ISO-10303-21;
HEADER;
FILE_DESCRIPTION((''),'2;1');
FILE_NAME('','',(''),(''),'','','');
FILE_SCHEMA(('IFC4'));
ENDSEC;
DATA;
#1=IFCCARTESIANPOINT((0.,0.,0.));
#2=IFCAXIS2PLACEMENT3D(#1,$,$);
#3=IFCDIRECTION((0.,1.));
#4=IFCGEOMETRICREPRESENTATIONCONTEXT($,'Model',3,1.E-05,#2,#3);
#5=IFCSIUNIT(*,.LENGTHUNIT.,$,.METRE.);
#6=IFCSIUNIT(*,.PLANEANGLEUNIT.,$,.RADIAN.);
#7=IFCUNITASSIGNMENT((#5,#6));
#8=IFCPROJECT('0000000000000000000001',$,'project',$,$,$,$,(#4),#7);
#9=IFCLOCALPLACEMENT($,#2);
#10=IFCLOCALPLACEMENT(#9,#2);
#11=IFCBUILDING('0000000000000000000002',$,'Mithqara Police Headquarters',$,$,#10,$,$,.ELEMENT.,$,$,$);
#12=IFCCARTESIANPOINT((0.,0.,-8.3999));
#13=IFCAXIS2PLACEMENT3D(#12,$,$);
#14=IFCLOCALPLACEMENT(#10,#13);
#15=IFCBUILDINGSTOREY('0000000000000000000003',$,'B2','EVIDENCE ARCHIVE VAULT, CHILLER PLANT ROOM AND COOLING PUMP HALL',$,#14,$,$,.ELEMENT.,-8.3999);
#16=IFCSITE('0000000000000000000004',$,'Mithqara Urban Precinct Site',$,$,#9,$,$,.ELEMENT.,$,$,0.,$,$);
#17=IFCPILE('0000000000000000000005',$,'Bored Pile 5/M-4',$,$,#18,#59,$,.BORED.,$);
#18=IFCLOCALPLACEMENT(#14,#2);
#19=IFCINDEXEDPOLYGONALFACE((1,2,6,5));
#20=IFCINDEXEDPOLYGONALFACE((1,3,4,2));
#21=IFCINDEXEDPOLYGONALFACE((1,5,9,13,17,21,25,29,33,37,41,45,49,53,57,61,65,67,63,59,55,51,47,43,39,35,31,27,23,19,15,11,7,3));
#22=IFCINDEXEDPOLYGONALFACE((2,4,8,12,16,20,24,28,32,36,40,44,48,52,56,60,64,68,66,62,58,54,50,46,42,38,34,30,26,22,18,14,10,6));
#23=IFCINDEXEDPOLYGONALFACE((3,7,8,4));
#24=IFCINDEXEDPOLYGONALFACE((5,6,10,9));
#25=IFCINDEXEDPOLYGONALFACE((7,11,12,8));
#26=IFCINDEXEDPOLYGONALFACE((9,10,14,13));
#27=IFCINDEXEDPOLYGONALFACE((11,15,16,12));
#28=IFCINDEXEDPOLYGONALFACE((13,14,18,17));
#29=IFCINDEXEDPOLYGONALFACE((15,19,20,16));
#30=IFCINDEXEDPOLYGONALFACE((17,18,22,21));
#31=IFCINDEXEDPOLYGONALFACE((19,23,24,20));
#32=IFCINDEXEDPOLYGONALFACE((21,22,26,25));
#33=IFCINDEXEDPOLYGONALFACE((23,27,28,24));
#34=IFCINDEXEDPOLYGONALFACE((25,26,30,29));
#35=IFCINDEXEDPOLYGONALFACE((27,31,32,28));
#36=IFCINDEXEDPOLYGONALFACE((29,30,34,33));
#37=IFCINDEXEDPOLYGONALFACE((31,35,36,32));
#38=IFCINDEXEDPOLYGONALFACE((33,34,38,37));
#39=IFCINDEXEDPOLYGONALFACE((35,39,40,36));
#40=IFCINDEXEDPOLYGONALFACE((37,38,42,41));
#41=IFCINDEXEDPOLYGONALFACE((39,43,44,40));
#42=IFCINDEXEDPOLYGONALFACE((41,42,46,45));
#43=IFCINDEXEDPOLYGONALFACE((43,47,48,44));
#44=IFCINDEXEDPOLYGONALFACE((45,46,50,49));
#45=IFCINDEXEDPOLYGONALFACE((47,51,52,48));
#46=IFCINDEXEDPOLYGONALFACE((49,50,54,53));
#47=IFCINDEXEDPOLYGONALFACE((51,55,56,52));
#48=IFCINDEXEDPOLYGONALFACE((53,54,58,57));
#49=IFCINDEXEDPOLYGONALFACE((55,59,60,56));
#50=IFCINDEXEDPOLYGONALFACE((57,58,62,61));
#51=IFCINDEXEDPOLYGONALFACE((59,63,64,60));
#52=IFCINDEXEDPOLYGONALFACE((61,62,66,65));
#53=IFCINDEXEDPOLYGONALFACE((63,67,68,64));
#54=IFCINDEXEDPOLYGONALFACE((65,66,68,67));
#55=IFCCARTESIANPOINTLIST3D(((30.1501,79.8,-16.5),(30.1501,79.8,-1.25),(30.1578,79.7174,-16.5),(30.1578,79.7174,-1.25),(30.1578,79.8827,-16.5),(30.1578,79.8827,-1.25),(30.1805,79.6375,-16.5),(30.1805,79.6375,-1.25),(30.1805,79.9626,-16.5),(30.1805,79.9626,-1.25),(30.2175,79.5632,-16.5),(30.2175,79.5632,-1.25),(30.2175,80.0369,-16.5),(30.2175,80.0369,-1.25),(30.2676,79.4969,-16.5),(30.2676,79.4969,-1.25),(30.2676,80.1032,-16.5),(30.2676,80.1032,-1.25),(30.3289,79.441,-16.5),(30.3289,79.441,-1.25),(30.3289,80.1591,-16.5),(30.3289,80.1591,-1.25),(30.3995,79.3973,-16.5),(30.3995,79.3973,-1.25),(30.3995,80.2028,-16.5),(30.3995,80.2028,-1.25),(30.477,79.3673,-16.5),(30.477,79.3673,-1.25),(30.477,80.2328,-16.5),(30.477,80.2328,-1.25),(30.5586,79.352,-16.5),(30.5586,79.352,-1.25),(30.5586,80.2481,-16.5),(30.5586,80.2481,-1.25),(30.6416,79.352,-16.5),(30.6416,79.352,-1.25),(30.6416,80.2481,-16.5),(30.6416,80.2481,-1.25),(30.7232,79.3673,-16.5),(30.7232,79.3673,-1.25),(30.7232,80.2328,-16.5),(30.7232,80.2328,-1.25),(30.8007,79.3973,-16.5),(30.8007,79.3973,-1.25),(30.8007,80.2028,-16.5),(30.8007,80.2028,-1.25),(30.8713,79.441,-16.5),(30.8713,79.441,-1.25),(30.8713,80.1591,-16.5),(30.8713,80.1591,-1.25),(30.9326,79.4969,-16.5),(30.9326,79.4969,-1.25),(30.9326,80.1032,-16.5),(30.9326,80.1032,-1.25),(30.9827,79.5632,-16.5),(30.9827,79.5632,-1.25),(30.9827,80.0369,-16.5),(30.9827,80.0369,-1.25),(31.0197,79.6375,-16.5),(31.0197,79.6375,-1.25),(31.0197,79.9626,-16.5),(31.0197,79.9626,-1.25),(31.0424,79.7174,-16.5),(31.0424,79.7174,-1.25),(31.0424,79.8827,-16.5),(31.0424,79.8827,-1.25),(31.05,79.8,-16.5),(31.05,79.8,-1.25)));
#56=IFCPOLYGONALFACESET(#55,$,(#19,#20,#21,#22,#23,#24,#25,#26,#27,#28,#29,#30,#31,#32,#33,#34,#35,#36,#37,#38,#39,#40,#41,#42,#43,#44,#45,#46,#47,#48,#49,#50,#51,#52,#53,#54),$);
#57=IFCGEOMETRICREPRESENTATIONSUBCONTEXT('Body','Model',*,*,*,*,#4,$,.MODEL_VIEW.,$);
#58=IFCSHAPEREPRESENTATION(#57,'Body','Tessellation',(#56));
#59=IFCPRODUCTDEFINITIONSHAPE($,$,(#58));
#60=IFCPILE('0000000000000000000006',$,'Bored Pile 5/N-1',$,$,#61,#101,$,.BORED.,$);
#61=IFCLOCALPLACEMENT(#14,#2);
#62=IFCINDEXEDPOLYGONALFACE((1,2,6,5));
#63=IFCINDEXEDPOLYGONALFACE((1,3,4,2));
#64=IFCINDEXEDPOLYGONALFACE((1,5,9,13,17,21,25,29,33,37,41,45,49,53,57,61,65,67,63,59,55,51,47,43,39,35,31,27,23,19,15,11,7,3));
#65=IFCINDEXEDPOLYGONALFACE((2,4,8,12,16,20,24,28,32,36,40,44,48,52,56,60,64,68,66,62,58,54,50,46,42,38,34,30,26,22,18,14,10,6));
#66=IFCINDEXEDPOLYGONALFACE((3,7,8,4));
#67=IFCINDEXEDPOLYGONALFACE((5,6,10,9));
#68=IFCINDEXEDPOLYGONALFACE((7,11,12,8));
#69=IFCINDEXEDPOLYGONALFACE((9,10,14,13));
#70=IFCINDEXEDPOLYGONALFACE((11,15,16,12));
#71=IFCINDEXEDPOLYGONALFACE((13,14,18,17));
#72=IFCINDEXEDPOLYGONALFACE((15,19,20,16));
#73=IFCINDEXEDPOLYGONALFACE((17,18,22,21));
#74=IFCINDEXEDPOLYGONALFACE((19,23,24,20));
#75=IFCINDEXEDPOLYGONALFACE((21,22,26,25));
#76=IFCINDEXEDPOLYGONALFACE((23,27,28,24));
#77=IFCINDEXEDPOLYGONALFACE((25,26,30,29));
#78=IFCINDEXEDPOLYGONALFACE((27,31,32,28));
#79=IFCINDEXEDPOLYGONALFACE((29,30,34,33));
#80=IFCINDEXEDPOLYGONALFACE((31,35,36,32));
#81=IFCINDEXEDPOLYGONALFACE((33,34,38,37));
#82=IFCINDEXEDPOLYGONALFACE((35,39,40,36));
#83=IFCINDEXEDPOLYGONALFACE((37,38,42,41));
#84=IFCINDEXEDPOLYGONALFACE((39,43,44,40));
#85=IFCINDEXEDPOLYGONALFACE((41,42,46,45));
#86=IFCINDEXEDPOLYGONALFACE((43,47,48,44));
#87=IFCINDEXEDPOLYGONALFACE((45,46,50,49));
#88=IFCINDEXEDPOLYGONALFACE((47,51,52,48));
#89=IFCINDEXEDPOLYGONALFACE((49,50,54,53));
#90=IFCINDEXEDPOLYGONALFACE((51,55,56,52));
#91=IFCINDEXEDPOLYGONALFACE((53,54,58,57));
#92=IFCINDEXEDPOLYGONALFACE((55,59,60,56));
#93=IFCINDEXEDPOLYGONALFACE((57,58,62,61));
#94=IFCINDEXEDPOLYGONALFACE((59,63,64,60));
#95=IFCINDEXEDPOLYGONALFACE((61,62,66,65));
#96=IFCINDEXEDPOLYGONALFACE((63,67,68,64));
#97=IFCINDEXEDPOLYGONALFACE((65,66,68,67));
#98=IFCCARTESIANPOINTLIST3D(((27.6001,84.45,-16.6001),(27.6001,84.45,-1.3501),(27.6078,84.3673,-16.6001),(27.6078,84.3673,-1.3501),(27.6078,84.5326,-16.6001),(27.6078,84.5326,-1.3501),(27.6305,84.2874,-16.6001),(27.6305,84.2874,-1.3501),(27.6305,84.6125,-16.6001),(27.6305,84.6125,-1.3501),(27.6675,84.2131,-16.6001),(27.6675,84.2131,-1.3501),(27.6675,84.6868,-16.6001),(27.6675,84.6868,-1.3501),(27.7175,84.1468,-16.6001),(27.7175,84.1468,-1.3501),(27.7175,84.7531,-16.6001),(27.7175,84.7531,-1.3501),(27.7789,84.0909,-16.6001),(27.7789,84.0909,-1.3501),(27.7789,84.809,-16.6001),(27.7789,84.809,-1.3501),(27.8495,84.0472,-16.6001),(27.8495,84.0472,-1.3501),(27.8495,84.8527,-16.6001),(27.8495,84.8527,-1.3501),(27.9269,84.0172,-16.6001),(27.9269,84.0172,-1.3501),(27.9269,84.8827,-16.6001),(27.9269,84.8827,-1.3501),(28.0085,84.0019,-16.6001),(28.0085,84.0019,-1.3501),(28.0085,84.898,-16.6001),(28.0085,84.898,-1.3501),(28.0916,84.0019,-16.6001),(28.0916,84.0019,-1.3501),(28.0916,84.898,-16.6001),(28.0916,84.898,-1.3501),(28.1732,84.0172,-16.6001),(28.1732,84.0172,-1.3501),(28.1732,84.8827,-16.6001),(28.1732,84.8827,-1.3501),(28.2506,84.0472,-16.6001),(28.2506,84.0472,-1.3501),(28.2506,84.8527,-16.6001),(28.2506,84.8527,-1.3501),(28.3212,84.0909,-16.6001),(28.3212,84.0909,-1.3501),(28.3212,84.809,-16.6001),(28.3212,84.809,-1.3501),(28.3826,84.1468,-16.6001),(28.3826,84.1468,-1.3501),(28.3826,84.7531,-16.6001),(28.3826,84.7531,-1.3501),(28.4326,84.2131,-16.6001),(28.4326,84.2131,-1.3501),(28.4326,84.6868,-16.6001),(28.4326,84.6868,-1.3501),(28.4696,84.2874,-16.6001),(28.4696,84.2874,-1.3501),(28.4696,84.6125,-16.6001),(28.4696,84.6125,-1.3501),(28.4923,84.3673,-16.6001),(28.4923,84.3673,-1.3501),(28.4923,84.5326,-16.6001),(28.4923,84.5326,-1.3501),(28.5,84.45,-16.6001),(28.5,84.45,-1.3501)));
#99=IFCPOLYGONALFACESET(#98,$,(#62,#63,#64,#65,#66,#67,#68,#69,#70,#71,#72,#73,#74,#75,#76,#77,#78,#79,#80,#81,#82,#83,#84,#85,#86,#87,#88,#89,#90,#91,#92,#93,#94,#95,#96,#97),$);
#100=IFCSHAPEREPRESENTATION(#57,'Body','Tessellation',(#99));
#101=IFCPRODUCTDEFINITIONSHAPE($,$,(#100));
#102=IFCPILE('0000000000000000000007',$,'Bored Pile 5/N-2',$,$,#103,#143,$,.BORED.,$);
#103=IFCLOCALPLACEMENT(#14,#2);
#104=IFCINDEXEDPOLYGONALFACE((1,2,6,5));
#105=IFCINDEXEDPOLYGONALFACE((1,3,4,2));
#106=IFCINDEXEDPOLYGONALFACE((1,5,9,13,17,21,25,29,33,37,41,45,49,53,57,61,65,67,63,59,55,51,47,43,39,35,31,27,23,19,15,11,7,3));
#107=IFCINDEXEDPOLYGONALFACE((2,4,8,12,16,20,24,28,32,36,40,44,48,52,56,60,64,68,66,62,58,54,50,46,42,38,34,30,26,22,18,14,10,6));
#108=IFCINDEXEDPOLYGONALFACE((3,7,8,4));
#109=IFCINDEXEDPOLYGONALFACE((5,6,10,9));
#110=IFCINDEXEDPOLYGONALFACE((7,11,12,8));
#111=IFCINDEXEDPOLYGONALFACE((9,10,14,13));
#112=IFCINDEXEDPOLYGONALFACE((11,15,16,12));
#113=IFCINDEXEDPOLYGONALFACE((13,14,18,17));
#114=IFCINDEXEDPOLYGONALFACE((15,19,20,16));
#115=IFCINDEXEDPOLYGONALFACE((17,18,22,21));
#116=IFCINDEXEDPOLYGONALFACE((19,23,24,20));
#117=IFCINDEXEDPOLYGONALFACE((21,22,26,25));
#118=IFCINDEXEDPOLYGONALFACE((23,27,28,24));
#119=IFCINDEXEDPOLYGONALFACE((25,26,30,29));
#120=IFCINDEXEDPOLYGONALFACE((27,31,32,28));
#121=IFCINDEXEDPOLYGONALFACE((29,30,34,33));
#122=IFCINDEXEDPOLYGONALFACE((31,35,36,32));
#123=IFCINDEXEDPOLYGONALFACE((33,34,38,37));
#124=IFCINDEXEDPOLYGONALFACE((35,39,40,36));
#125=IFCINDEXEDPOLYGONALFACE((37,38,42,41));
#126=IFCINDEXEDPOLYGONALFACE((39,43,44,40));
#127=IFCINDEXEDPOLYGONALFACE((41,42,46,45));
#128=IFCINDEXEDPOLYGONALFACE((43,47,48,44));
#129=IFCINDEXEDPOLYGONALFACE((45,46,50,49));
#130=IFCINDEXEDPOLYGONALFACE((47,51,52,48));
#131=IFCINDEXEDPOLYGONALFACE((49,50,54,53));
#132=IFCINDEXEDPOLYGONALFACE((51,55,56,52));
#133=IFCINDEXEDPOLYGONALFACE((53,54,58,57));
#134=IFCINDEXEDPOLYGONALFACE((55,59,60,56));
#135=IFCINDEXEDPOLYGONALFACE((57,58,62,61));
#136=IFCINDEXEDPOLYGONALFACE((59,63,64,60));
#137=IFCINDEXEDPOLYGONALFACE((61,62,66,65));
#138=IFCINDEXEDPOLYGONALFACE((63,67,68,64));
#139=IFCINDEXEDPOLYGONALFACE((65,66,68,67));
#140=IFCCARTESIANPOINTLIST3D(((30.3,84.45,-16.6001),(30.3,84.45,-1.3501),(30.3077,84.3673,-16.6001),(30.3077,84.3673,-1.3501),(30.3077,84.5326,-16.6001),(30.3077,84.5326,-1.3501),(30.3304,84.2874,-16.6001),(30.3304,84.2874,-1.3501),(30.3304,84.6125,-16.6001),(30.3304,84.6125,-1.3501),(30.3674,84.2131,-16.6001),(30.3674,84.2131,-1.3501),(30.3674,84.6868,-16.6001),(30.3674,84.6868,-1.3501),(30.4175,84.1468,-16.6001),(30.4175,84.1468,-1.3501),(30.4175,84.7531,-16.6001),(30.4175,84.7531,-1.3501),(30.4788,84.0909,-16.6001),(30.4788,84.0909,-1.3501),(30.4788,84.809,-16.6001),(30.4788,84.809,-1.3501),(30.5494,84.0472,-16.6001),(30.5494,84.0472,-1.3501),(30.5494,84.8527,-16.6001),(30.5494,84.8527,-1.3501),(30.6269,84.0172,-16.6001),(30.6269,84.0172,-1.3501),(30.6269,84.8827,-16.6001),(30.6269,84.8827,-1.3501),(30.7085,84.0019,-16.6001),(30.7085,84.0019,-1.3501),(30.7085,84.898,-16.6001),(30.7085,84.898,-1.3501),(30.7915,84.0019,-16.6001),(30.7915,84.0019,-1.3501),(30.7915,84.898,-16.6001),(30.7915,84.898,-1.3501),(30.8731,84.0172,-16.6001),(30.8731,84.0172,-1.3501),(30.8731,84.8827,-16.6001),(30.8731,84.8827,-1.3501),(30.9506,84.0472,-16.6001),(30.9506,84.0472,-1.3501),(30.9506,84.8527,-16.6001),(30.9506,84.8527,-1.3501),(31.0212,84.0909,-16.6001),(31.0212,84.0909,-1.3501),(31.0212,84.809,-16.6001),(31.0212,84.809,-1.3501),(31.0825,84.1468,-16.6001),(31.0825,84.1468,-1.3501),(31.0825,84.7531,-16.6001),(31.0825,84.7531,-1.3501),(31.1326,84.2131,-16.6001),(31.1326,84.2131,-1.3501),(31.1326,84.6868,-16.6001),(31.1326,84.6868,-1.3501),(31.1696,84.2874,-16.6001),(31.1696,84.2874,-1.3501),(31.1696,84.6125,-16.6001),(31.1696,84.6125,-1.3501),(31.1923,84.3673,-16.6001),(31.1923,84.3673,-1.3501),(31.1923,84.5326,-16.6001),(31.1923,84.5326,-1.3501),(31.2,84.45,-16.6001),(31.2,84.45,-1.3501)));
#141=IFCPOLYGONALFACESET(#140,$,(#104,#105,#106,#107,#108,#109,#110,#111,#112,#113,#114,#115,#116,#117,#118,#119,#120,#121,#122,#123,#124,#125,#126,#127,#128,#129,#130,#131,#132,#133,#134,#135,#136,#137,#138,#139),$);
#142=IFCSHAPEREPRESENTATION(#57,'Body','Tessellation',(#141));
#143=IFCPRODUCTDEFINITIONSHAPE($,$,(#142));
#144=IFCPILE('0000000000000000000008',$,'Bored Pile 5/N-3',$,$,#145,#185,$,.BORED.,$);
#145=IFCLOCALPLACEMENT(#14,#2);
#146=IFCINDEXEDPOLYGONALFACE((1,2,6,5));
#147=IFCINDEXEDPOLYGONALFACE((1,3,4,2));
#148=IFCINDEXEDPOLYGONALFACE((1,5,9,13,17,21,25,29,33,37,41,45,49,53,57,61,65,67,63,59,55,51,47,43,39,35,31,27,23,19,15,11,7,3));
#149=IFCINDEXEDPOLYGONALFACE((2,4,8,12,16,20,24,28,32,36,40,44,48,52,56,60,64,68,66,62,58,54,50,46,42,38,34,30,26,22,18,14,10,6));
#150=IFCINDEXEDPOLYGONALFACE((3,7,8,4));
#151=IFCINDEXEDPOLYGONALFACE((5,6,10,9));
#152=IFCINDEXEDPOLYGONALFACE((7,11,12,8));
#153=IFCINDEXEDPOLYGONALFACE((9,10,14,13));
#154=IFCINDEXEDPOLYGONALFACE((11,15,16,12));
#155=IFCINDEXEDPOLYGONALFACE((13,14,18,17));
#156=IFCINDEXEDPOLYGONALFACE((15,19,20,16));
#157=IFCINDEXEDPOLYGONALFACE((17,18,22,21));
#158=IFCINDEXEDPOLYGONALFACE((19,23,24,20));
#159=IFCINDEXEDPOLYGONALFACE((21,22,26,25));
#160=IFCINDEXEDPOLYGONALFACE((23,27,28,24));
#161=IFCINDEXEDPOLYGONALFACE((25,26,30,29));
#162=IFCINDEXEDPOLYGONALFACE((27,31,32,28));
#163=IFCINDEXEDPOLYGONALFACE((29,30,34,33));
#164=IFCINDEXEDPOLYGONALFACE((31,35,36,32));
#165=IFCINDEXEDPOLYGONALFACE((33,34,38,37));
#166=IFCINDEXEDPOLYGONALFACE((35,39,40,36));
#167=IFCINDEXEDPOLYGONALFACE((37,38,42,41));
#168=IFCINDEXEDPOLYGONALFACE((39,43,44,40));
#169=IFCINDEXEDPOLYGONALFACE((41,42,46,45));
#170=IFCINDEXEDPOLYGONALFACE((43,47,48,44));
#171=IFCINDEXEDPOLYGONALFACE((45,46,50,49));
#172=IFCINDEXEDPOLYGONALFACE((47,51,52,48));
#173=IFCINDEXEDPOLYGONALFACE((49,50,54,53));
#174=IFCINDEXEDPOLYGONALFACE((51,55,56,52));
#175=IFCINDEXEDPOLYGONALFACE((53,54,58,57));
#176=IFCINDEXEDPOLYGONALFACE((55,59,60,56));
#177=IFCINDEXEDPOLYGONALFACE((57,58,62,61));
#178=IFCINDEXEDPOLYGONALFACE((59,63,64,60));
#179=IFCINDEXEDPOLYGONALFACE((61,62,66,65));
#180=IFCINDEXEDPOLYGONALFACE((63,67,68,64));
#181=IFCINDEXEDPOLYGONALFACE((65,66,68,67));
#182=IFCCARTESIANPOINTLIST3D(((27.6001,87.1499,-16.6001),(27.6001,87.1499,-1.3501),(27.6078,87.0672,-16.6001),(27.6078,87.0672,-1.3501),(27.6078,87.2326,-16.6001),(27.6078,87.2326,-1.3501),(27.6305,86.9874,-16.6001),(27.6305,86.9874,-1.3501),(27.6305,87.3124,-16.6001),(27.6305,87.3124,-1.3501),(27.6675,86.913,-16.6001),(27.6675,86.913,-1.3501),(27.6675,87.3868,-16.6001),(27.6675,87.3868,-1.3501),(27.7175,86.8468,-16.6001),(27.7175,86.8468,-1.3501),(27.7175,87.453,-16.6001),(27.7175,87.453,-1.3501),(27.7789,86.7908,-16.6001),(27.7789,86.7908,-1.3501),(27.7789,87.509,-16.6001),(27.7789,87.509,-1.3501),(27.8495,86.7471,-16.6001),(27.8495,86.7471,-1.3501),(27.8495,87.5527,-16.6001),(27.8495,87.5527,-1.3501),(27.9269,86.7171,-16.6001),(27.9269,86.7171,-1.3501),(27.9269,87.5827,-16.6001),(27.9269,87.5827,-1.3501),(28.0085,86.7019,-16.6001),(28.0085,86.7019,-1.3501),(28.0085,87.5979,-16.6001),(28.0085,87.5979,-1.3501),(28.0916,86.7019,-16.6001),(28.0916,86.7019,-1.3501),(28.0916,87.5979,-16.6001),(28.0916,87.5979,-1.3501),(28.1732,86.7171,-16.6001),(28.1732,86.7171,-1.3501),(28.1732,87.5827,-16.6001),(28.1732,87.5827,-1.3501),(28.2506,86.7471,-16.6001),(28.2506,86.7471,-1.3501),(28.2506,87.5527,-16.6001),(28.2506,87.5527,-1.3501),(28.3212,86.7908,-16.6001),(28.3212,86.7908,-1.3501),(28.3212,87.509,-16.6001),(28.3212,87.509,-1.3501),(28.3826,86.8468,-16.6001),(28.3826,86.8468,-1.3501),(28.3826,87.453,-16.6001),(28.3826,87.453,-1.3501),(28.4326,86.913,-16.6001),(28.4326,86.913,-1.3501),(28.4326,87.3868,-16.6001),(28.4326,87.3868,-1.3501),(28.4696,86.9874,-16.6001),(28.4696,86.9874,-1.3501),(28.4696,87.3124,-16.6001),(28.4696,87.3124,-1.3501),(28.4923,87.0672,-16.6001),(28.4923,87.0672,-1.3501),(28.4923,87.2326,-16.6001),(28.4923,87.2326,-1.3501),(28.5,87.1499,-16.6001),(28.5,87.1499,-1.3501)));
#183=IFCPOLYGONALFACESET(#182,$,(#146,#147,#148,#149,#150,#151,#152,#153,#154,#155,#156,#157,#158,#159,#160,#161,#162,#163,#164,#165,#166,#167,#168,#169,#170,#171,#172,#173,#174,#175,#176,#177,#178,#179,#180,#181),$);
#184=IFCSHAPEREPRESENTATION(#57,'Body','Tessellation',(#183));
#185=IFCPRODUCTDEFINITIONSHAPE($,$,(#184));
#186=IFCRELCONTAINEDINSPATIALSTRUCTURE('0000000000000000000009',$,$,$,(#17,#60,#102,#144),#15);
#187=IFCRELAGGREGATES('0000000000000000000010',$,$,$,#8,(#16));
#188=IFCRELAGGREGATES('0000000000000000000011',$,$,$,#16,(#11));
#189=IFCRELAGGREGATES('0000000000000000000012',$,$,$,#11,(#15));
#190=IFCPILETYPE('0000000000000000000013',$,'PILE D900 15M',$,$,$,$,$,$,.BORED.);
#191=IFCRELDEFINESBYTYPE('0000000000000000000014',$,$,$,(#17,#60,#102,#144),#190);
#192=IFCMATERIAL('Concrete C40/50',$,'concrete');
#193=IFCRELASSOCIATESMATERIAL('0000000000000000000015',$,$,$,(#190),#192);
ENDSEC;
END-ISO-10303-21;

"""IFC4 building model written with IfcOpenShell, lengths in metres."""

from ifc_helpers import new_model, si_unit, direction, frame, origin, origin_2d, place, context, subcontext, project, spatial, circle, extrude, material, material_profile, profile_set, type_object, element, save


model = new_model("IFC4")

# Units and contexts
model_context = context("Model", 3, precision=1e-05, world=origin(), true_north=direction((0.0, 1.0)))
body_context = subcontext(model_context, "Body", "Model", "MODEL_VIEW")
ifc_project = project(units=[si_unit("LENGTHUNIT", "METRE"), si_unit("PLANEANGLEUNIT", "RADIAN")], contexts=[model_context])

# Site, building, storey
site_placement = place(None, origin())
site = spatial("IfcSite", under=ifc_project, at=site_placement, Name="Mithqara Urban Precinct Site", CompositionType="ELEMENT", RefElevation=0.0)
building_placement = place(site_placement, origin())
building = spatial("IfcBuilding", under=site, at=building_placement, Name="Mithqara Police Headquarters", CompositionType="ELEMENT")
storey_placement = place(building_placement, frame((0.0, 0.0, -8.3999)))
storey = spatial("IfcBuildingStorey", under=building, at=storey_placement, Name="B2", Description="EVIDENCE ARCHIVE VAULT, CHILLER PLANT ROOM AND COOLING PUMP HALL", CompositionType="ELEMENT", Elevation=-8.3999)

# Shared definitions
ifc_material_1 = material(Name="Concrete C40/50", Category="concrete")

# Piles
ifc_material_profile_1 = material_profile(ifc_material_1, circle(Radius=0.45, at=origin_2d()), Name="PILE D900")
ifc_profile_set_1 = profile_set([ifc_material_profile_1], Name="Concrete C40/50")
pile_type_1 = type_object("IfcPileType", Name="PILE D900 15M", PredefinedType="BORED", material=ifc_profile_set_1)
for number, where, z_axis, x_axis, name in (
    (1, (30.6001, 79.8, -1.25), (0.0, 0.0, -1.0), (1.0, 0.0, 0.0), "Bored Pile 5/M-4"),
    (2, (28.05, 84.45, -1.3501), (0.0, 0.0, -1.0), (1.0, 0.0, 0.0), "Bored Pile 5/N-1"),
    (3, (30.75, 84.45, -1.3501), (0.0, 0.0, -1.0), (1.0, 0.0, 0.0), "Bored Pile 5/N-2"),
    (4, (28.05, 87.1499, -1.3501), (0.0, 0.0, -1.0), (1.0, 0.0, 0.0), "Bored Pile 5/N-3"),
):
    element("IfcPile", number, at=place(storey_placement, frame(where, z_axis=z_axis, x_axis=x_axis)), inside=storey, type_object=pile_type_1, Name=name, PredefinedType="BORED", context=body_context, shape_type="SweptSolid", body=[
        extrude(circle(Radius=0.45, at=origin_2d()), origin(), (0.0, 0.0, 1.0), 15.25),
    ])

save(model, "model.ifc")
